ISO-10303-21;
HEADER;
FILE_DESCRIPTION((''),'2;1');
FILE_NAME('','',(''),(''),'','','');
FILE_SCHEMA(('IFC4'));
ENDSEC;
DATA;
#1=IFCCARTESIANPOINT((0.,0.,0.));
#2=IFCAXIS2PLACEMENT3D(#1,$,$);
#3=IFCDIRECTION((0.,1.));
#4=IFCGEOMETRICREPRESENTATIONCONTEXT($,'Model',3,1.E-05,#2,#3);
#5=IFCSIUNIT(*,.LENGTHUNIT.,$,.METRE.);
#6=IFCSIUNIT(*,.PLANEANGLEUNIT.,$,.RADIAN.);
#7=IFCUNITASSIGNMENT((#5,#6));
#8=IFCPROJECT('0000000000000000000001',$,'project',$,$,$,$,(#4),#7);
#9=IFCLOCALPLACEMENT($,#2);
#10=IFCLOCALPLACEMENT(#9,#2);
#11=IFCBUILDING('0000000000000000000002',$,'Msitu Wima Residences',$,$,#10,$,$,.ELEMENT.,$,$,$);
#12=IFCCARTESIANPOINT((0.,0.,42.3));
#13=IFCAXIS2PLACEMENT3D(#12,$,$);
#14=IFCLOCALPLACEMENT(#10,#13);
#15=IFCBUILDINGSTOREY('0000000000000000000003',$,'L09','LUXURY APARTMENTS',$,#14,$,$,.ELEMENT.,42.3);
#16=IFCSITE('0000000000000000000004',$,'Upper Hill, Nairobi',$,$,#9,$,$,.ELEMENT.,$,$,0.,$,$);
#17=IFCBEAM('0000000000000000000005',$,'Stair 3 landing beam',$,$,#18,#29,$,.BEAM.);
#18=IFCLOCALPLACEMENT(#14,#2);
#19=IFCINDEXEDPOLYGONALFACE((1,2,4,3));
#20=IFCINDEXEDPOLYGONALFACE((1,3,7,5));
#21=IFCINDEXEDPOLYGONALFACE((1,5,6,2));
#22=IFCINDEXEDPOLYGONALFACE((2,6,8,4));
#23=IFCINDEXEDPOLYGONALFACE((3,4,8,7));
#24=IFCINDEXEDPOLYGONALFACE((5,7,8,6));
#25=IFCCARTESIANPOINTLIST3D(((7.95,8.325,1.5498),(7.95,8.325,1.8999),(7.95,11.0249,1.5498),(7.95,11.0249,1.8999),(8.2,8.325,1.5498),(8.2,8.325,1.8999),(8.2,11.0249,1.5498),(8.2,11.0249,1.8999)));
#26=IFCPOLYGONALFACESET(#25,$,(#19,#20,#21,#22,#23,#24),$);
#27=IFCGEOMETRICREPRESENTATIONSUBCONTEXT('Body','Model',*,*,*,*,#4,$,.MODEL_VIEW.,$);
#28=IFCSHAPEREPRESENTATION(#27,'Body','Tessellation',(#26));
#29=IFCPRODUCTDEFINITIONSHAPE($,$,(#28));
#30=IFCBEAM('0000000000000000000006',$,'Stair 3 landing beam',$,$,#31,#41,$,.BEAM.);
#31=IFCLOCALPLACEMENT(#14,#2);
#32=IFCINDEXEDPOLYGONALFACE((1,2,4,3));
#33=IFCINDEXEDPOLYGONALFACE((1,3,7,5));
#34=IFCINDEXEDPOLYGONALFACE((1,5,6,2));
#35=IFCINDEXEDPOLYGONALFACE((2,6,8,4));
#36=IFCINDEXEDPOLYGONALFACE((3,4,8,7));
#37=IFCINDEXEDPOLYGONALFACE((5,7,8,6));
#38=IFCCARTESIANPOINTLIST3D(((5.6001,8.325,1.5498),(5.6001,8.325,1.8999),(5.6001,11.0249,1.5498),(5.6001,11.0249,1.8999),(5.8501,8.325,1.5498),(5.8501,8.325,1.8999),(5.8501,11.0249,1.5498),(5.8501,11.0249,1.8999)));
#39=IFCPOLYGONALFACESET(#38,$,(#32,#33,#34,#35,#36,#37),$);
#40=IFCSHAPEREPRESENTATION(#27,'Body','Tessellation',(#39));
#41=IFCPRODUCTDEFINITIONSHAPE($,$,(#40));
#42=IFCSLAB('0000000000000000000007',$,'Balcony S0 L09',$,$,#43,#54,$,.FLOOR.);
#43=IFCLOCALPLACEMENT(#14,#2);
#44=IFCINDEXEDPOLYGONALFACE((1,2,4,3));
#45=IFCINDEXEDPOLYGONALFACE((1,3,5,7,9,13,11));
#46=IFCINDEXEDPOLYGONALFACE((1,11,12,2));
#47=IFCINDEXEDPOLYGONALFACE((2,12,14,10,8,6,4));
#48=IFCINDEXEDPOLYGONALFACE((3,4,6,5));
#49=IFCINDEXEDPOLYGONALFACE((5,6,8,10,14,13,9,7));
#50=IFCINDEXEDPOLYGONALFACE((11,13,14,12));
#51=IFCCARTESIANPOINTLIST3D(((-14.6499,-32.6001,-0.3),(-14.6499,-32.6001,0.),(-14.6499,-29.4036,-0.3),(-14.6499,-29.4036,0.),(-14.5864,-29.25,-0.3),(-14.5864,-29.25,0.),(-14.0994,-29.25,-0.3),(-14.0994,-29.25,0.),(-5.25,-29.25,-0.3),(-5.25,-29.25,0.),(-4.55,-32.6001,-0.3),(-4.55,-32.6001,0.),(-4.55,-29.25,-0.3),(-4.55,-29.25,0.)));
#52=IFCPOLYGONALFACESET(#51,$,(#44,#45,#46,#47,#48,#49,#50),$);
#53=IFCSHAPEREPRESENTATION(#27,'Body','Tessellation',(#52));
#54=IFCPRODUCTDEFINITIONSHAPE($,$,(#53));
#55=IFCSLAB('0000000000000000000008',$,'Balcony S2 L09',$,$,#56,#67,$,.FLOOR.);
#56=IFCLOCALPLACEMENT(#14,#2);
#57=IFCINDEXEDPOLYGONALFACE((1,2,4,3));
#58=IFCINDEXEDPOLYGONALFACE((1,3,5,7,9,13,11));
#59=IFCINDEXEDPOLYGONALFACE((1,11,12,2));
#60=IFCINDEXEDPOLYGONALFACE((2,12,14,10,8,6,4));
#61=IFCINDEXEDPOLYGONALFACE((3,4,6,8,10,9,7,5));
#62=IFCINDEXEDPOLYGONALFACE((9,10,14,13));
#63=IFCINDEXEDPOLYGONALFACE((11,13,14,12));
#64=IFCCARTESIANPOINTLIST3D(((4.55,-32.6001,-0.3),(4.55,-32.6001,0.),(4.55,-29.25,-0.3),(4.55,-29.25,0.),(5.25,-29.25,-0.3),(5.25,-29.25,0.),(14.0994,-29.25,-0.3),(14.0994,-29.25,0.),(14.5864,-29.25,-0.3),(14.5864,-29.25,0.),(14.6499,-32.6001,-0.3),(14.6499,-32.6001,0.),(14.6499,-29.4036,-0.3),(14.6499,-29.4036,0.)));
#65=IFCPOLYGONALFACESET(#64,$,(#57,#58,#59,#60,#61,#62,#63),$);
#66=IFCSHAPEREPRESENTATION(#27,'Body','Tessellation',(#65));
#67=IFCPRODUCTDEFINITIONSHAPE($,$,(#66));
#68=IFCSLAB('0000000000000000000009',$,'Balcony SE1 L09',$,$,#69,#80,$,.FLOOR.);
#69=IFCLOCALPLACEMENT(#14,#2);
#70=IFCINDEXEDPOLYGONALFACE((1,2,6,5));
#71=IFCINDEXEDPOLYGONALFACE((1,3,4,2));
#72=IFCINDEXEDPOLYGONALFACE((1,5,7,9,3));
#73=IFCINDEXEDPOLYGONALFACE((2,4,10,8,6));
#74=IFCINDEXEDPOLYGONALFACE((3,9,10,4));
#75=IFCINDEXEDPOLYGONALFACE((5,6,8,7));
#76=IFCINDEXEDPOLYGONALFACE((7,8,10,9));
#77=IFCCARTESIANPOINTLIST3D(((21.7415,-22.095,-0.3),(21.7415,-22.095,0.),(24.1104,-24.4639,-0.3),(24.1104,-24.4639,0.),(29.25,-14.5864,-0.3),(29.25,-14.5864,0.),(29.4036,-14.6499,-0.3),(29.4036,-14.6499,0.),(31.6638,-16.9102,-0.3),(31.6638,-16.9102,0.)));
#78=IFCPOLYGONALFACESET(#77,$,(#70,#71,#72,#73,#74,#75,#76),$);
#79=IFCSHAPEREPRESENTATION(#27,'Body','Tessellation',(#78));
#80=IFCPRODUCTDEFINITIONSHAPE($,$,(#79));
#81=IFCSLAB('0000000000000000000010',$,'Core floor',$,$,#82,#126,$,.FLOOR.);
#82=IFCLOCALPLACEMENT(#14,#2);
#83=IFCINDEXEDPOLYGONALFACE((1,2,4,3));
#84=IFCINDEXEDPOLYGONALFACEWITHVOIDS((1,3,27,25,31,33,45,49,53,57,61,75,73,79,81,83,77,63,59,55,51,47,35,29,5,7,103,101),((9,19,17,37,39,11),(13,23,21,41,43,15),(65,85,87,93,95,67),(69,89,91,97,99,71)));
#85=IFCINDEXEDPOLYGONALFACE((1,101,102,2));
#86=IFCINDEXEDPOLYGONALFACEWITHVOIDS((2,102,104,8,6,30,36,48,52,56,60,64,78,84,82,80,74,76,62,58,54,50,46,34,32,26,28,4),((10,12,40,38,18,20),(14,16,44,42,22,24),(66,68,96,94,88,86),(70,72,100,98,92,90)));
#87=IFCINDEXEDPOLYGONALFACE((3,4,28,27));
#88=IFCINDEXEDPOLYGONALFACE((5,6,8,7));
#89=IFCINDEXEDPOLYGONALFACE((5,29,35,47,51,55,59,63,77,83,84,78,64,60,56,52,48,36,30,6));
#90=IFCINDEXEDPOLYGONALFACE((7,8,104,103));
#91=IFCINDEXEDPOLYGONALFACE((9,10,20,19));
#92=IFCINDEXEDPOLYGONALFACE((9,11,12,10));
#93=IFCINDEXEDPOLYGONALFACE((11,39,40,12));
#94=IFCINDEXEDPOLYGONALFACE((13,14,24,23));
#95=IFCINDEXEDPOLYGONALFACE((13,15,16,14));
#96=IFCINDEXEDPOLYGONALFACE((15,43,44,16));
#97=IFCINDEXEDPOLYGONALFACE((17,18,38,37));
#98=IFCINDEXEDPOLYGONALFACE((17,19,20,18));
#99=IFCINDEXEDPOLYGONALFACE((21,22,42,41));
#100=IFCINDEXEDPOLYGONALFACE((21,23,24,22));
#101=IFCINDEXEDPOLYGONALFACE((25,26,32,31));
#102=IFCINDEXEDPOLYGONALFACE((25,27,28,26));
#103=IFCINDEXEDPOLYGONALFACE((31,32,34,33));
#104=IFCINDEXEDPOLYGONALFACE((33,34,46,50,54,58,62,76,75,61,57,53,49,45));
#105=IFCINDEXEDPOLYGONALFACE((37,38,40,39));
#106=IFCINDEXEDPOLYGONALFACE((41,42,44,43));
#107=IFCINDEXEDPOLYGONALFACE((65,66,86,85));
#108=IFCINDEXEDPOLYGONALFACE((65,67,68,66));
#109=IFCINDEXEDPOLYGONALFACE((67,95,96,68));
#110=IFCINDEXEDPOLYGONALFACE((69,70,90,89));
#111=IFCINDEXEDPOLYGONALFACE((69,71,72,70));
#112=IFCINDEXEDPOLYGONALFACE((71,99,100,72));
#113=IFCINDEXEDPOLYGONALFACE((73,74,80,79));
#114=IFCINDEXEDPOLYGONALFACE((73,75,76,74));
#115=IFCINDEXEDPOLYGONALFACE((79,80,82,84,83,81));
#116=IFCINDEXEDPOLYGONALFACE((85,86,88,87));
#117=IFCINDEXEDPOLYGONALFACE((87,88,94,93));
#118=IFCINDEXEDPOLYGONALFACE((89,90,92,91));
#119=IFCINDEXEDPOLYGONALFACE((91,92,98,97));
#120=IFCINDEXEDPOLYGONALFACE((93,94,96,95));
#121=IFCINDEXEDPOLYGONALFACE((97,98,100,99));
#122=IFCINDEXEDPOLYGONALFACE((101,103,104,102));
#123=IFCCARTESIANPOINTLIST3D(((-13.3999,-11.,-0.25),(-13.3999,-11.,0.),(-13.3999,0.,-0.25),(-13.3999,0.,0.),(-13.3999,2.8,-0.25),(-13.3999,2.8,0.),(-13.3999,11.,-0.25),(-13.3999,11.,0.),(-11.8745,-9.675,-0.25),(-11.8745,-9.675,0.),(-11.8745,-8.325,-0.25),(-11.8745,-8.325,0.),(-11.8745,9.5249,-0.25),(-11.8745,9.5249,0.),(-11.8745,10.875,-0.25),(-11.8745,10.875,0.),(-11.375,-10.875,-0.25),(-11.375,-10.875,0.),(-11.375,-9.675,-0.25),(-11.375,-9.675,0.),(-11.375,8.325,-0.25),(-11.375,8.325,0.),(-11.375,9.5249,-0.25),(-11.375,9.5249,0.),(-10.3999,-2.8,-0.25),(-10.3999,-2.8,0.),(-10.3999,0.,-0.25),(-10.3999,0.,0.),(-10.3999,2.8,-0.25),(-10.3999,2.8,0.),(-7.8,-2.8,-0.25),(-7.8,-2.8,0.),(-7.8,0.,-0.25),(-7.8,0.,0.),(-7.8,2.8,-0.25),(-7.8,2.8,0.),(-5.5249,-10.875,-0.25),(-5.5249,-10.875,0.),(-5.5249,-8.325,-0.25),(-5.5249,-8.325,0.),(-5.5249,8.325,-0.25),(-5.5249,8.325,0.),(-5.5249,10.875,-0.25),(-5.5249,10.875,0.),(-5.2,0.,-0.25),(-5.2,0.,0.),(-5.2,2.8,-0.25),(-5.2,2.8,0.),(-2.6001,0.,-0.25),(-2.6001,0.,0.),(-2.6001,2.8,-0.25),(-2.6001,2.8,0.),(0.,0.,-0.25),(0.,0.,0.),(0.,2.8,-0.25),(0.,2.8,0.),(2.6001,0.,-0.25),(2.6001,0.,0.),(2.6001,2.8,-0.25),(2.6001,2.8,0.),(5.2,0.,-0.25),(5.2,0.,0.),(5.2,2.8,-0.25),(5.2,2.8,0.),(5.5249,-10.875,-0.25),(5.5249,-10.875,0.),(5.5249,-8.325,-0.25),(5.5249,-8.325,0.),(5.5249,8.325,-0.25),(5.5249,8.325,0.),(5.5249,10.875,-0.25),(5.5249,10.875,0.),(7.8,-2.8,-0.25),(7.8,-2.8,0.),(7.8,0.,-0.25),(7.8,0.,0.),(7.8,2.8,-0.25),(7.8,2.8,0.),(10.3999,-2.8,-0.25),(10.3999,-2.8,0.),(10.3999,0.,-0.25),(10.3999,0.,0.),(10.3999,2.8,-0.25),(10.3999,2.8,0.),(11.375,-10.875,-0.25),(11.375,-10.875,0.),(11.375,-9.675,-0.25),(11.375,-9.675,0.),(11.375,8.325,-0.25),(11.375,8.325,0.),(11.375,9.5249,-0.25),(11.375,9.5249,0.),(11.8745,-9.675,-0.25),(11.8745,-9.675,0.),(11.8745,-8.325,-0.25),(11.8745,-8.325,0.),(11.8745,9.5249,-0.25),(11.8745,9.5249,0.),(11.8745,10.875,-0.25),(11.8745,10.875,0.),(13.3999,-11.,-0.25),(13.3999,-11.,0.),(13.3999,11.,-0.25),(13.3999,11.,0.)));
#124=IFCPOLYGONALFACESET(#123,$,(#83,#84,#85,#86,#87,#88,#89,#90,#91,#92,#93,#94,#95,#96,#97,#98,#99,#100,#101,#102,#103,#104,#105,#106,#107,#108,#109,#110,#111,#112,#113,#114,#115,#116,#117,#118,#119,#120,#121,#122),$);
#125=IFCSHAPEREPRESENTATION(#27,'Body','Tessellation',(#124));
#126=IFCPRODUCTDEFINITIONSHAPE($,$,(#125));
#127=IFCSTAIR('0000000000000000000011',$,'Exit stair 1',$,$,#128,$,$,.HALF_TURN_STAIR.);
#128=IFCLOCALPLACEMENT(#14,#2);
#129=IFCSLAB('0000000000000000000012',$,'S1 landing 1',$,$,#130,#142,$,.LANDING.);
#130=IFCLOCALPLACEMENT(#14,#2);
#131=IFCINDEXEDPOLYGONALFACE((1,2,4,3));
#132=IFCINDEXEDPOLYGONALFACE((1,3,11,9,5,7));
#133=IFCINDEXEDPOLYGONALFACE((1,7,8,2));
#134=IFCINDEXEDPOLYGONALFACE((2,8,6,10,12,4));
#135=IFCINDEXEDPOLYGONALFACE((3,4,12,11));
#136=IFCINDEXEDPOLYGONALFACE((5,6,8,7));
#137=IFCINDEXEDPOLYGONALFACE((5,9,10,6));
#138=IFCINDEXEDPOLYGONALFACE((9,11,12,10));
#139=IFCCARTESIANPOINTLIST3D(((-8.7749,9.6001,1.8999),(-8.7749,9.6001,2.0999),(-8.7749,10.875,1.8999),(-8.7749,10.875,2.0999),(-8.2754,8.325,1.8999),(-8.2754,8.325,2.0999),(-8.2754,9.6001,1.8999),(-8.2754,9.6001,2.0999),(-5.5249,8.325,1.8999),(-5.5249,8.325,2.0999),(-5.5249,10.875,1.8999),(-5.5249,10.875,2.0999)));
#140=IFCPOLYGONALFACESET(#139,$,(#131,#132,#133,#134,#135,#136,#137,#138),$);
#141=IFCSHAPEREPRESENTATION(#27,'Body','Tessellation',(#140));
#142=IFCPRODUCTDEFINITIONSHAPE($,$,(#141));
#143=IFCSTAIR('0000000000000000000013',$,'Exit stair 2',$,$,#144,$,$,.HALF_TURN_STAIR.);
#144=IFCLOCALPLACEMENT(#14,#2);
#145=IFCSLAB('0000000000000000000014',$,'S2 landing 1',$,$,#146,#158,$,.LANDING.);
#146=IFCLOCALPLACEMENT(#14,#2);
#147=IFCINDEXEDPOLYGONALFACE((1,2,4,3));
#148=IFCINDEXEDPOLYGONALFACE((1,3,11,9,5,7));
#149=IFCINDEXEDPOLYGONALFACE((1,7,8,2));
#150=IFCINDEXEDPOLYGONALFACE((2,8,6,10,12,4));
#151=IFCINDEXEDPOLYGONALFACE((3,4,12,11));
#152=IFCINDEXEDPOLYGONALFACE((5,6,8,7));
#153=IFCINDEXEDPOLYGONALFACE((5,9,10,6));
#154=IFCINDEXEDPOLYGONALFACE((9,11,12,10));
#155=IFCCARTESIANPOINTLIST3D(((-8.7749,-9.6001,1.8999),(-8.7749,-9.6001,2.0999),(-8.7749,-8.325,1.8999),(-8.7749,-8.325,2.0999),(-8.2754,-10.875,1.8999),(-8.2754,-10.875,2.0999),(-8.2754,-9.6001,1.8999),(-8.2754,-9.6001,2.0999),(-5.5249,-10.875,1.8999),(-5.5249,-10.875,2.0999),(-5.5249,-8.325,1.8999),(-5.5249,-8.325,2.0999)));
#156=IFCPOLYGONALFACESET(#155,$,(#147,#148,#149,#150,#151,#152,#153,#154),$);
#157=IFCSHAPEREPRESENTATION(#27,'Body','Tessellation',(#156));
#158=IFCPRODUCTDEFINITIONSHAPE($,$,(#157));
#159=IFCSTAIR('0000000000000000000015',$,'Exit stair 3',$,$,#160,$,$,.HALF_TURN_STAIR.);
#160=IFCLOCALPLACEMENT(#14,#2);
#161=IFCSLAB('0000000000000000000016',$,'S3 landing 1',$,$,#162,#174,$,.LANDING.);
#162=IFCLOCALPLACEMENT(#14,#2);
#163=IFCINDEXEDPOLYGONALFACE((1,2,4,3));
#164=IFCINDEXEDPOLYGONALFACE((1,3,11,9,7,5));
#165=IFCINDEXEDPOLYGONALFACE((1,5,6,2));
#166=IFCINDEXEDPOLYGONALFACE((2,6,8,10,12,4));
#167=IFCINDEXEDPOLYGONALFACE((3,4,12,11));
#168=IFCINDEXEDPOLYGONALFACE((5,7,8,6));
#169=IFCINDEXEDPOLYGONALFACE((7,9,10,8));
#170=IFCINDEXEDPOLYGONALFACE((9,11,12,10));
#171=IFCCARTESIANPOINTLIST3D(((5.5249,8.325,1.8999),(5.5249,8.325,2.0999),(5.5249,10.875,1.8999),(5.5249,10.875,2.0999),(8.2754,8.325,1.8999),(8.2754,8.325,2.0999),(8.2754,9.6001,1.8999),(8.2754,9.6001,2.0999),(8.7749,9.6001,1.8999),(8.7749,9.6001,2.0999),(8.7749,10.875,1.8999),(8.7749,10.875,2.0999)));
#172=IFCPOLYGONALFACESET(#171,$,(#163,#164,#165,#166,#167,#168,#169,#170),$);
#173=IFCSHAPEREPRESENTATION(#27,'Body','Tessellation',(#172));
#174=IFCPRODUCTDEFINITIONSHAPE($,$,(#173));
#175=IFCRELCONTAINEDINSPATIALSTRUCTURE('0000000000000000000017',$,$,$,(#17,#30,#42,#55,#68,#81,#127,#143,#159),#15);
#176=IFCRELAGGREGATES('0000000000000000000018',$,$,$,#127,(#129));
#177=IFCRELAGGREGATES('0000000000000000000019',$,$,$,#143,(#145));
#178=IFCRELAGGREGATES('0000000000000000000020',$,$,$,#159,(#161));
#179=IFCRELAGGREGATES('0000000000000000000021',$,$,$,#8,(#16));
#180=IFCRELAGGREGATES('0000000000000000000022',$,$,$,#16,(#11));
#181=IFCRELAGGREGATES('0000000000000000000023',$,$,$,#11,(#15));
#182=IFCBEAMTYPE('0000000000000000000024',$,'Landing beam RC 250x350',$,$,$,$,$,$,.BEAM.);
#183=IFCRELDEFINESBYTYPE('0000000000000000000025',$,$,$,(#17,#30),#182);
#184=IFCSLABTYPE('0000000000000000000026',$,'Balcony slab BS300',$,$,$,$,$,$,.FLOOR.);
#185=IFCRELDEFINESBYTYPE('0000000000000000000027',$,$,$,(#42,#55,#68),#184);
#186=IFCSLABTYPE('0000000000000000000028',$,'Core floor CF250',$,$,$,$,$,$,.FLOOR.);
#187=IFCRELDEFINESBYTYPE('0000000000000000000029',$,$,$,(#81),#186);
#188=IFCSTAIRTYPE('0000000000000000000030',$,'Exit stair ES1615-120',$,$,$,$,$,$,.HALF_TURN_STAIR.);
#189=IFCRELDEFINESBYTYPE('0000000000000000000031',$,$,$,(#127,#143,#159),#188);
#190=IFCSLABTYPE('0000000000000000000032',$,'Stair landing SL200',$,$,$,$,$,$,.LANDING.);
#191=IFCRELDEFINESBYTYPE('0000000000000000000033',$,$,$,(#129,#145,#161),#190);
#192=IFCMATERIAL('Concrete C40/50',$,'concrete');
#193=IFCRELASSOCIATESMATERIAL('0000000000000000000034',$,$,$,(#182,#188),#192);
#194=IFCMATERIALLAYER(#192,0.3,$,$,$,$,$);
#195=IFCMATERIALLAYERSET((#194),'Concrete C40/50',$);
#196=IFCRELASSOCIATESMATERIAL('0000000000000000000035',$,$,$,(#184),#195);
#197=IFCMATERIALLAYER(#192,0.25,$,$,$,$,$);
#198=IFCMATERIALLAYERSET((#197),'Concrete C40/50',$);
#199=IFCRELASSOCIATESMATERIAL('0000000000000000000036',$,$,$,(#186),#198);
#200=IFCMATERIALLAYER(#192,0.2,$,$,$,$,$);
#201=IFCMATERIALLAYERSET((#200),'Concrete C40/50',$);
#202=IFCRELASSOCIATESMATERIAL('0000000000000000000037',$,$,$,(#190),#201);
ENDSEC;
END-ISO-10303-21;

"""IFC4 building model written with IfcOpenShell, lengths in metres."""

from ifc_helpers import new_model, si_unit, direction, frame, origin, origin_2d, place, context, subcontext, project, spatial, polyline, rectangle, outline, extrude, material, layer, layer_set, material_profile, profile_set, type_object, element, aggregate, save


model = new_model("IFC4")

# Units and contexts
model_context = context("Model", 3, precision=1e-05, world=origin(), true_north=direction((0.0, 1.0)))
body_context = subcontext(model_context, "Body", "Model", "MODEL_VIEW")
ifc_project = project(units=[si_unit("LENGTHUNIT", "METRE"), si_unit("PLANEANGLEUNIT", "RADIAN")], contexts=[model_context])

# Site, building, storey
site_placement = place(None, origin())
site = spatial("IfcSite", under=ifc_project, at=site_placement, Name="Upper Hill, Nairobi", CompositionType="ELEMENT", RefElevation=0.0)
building_placement = place(site_placement, origin())
building = spatial("IfcBuilding", under=site, at=building_placement, Name="Msitu Wima Residences", CompositionType="ELEMENT")
storey_placement = place(building_placement, frame((0.0, 0.0, 42.3)))
storey = spatial("IfcBuildingStorey", under=building, at=storey_placement, Name="L09", Description="LUXURY APARTMENTS", CompositionType="ELEMENT", Elevation=42.3)

# Beams
ifc_material_1 = material(Name="Concrete C40/50", Category="concrete")
ifc_material_profile = material_profile(ifc_material_1, rectangle(XDim=0.25, YDim=0.3501, at=origin_2d()), Name="RC 250x350")
ifc_profile_set = profile_set([ifc_material_profile], Name="Concrete C40/50")
beam_type = type_object("IfcBeamType", Name="Landing beam RC 250x350", PredefinedType="BEAM", material=ifc_profile_set)
for number, where, z_axis, x_axis, name in (
    (1, (8.075, 8.325, 1.7249), (0.0, 1.0, 0.0), (-1.0, 0.0, 0.0), "Stair 3 landing beam"),
    (2, (5.7251, 8.325, 1.7249), (0.0, 1.0, 0.0), (-1.0, 0.0, 0.0), "Stair 3 landing beam"),
):
    element("IfcBeam", number, at=place(storey_placement, frame(where, z_axis=z_axis, x_axis=x_axis)), inside=storey, type_object=beam_type, Name=name, PredefinedType="BEAM", context=body_context, shape_type="SweptSolid", body=[
        extrude(rectangle(XDim=0.25, YDim=0.3501, at=origin_2d()), origin(), (0.0, 0.0, 1.0), 2.7),
    ])

# Slabs
ifc_layer_1 = layer(ifc_material_1, 0.3)
ifc_layer_set_1 = layer_set([ifc_layer_1], Name="Concrete C40/50")
slab_type_1 = type_object("IfcSlabType", Name="Balcony slab BS300", PredefinedType="FLOOR", material=ifc_layer_set_1)
slab_1_placement = place(storey_placement, frame((0.0, 0.0, -0.3)))
element("IfcSlab", 3, at=slab_1_placement, inside=storey, type_object=slab_type_1, Name="Balcony S0 L09", PredefinedType="FLOOR", context=body_context, shape_type="SweptSolid", body=[
    extrude(outline(polyline([(-14.0994, -29.25), (-14.0994, -29.25), (-5.25, -29.25), (-4.55, -29.25), (-4.55, -32.6001), (-14.6499, -32.6001), (-14.6499, -29.4036), (-14.5864, -29.25), (-14.0994, -29.25), (-14.0994, -29.25)])), origin(), (0.0, 0.0, 1.0), 0.3),
])
slab_2_placement = place(storey_placement, frame((0.0, 0.0, -0.3)))
element("IfcSlab", 4, at=slab_2_placement, inside=storey, type_object=slab_type_1, Name="Balcony S2 L09", PredefinedType="FLOOR", context=body_context, shape_type="SweptSolid", body=[
    extrude(outline(polyline([(14.0994, -29.25), (14.0994, -29.25), (14.0994, -29.25), (14.5864, -29.25), (14.6499, -29.4036), (14.6499, -32.6001), (4.55, -32.6001), (4.55, -29.25), (5.25, -29.25), (14.0994, -29.25)])), origin(), (0.0, 0.0, 1.0), 0.3),
])
slab_3_placement = place(storey_placement, frame((0.0, 0.0, -0.3)))
element("IfcSlab", 5, at=slab_3_placement, inside=storey, type_object=slab_type_1, Name="Balcony SE1 L09", PredefinedType="FLOOR", context=body_context, shape_type="SweptSolid", body=[
    extrude(outline(polyline([(31.6638, -16.9102), (24.1104, -24.4639), (21.7415, -22.095), (29.25, -14.5864), (29.4036, -14.6499), (31.6638, -16.9102)])), origin(), (0.0, 0.0, 1.0), 0.3),
])
ifc_layer_2 = layer(ifc_material_1, 0.25)
ifc_layer_set_2 = layer_set([ifc_layer_2], Name="Concrete C40/50")
slab_type_2 = type_object("IfcSlabType", Name="Core floor CF250", PredefinedType="FLOOR", material=ifc_layer_set_2)
slab_4_placement = place(storey_placement, frame((0.0, 0.0, -0.25)))
element("IfcSlab", 6, at=slab_4_placement, inside=storey, type_object=slab_type_2, Name="Core floor", PredefinedType="FLOOR", context=body_context, shape_type="SweptSolid", body=[
    extrude(outline(polyline([(-13.3999, 11.0), (-13.3999, 2.8), (-10.3999, 2.8), (-7.8, 2.8), (-5.2, 2.8), (-2.6001, 2.8), (0.0, 2.8), (2.6001, 2.8), (5.2, 2.8), (7.8, 2.8), (10.3999, 2.8), (10.3999, 0.0), (10.3999, -2.8), (7.8, -2.8), (7.8, 0.0), (5.2, 0.0), (2.6001, 0.0), (0.0, 0.0), (-2.6001, 0.0), (-5.2, 0.0), (-7.8, 0.0), (-7.8, -2.8), (-10.3999, -2.8), (-10.3999, 0.0), (-13.3999, 0.0), (-13.3999, -11.0), (13.3999, -11.0), (13.3999, 11.0), (-13.3999, 11.0)]), holes=[polyline([(-11.375, -10.875), (-11.375, -9.675), (-11.8745, -9.675), (-11.8745, -8.325), (-5.5249, -8.325), (-5.5249, -10.875), (-11.375, -10.875)]), polyline([(-11.375, 9.5249), (-11.8745, 9.5249), (-11.8745, 10.875), (-5.5249, 10.875), (-5.5249, 8.325), (-11.375, 8.325), (-11.375, 9.5249)]), polyline([(11.375, -9.675), (11.375, -10.875), (5.5249, -10.875), (5.5249, -8.325), (11.8745, -8.325), (11.8745, -9.675), (11.375, -9.675)]), polyline([(11.375, 9.5249), (11.375, 8.325), (5.5249, 8.325), (5.5249, 10.875), (11.8745, 10.875), (11.8745, 9.5249), (11.375, 9.5249)])]), origin(), (0.0, 0.0, 1.0), 0.25),
])

# Stairs, slabs
stair_type = type_object("IfcStairType", Name="Exit stair ES1615-120", PredefinedType="HALF_TURN_STAIR", material=ifc_material_1)
stair_1_placement = place(storey_placement, origin())
stair_1 = element("IfcStair", 7, at=stair_1_placement, inside=storey, type_object=stair_type, Name="Exit stair 1", PredefinedType="HALF_TURN_STAIR")
ifc_layer_3 = layer(ifc_material_1, 0.2)
ifc_layer_set_3 = layer_set([ifc_layer_3], Name="Concrete C40/50")
slab_type_3 = type_object("IfcSlabType", Name="Stair landing SL200", PredefinedType="LANDING", material=ifc_layer_set_3)
slab_5_placement = place(storey_placement, frame((0.0, 0.0, 1.8999)))
slab_5 = element("IfcSlab", 8, at=slab_5_placement, type_object=slab_type_3, Name="S1 landing 1", PredefinedType="LANDING", context=body_context, shape_type="SweptSolid", body=[
    extrude(outline(polyline([(-5.5249, 8.325), (-8.2754, 8.325), (-8.2754, 9.6001), (-8.7749, 9.6001), (-8.7749, 10.875), (-5.5249, 10.875), (-5.5249, 8.325)])), origin(), (0.0, 0.0, 1.0), 0.2),
])
aggregate(stair_1, [slab_5])
stair_2_placement = place(storey_placement, origin())
stair_2 = element("IfcStair", 9, at=stair_2_placement, inside=storey, type_object=stair_type, Name="Exit stair 2", PredefinedType="HALF_TURN_STAIR")
slab_6_placement = place(storey_placement, frame((0.0, 0.0, 1.8999)))
slab_6 = element("IfcSlab", 10, at=slab_6_placement, type_object=slab_type_3, Name="S2 landing 1", PredefinedType="LANDING", context=body_context, shape_type="SweptSolid", body=[
    extrude(outline(polyline([(-5.5249, -10.875), (-8.2754, -10.875), (-8.2754, -9.6001), (-8.7749, -9.6001), (-8.7749, -8.325), (-5.5249, -8.325), (-5.5249, -10.875)])), origin(), (0.0, 0.0, 1.0), 0.2),
])
aggregate(stair_2, [slab_6])
stair_3_placement = place(storey_placement, origin())
stair_3 = element("IfcStair", 11, at=stair_3_placement, inside=storey, type_object=stair_type, Name="Exit stair 3", PredefinedType="HALF_TURN_STAIR")
slab_7_placement = place(storey_placement, frame((0.0, 0.0, 1.8999)))
slab_7 = element("IfcSlab", 12, at=slab_7_placement, type_object=slab_type_3, Name="S3 landing 1", PredefinedType="LANDING", context=body_context, shape_type="SweptSolid", body=[
    extrude(outline(polyline([(5.5249, 8.325), (8.2754, 8.325), (8.2754, 9.6001), (8.7749, 9.6001), (8.7749, 10.875), (5.5249, 10.875), (5.5249, 8.325)])), origin(), (0.0, 0.0, 1.0), 0.2),
])

aggregate(stair_3, [slab_7])

save(model, "model.ifc")
